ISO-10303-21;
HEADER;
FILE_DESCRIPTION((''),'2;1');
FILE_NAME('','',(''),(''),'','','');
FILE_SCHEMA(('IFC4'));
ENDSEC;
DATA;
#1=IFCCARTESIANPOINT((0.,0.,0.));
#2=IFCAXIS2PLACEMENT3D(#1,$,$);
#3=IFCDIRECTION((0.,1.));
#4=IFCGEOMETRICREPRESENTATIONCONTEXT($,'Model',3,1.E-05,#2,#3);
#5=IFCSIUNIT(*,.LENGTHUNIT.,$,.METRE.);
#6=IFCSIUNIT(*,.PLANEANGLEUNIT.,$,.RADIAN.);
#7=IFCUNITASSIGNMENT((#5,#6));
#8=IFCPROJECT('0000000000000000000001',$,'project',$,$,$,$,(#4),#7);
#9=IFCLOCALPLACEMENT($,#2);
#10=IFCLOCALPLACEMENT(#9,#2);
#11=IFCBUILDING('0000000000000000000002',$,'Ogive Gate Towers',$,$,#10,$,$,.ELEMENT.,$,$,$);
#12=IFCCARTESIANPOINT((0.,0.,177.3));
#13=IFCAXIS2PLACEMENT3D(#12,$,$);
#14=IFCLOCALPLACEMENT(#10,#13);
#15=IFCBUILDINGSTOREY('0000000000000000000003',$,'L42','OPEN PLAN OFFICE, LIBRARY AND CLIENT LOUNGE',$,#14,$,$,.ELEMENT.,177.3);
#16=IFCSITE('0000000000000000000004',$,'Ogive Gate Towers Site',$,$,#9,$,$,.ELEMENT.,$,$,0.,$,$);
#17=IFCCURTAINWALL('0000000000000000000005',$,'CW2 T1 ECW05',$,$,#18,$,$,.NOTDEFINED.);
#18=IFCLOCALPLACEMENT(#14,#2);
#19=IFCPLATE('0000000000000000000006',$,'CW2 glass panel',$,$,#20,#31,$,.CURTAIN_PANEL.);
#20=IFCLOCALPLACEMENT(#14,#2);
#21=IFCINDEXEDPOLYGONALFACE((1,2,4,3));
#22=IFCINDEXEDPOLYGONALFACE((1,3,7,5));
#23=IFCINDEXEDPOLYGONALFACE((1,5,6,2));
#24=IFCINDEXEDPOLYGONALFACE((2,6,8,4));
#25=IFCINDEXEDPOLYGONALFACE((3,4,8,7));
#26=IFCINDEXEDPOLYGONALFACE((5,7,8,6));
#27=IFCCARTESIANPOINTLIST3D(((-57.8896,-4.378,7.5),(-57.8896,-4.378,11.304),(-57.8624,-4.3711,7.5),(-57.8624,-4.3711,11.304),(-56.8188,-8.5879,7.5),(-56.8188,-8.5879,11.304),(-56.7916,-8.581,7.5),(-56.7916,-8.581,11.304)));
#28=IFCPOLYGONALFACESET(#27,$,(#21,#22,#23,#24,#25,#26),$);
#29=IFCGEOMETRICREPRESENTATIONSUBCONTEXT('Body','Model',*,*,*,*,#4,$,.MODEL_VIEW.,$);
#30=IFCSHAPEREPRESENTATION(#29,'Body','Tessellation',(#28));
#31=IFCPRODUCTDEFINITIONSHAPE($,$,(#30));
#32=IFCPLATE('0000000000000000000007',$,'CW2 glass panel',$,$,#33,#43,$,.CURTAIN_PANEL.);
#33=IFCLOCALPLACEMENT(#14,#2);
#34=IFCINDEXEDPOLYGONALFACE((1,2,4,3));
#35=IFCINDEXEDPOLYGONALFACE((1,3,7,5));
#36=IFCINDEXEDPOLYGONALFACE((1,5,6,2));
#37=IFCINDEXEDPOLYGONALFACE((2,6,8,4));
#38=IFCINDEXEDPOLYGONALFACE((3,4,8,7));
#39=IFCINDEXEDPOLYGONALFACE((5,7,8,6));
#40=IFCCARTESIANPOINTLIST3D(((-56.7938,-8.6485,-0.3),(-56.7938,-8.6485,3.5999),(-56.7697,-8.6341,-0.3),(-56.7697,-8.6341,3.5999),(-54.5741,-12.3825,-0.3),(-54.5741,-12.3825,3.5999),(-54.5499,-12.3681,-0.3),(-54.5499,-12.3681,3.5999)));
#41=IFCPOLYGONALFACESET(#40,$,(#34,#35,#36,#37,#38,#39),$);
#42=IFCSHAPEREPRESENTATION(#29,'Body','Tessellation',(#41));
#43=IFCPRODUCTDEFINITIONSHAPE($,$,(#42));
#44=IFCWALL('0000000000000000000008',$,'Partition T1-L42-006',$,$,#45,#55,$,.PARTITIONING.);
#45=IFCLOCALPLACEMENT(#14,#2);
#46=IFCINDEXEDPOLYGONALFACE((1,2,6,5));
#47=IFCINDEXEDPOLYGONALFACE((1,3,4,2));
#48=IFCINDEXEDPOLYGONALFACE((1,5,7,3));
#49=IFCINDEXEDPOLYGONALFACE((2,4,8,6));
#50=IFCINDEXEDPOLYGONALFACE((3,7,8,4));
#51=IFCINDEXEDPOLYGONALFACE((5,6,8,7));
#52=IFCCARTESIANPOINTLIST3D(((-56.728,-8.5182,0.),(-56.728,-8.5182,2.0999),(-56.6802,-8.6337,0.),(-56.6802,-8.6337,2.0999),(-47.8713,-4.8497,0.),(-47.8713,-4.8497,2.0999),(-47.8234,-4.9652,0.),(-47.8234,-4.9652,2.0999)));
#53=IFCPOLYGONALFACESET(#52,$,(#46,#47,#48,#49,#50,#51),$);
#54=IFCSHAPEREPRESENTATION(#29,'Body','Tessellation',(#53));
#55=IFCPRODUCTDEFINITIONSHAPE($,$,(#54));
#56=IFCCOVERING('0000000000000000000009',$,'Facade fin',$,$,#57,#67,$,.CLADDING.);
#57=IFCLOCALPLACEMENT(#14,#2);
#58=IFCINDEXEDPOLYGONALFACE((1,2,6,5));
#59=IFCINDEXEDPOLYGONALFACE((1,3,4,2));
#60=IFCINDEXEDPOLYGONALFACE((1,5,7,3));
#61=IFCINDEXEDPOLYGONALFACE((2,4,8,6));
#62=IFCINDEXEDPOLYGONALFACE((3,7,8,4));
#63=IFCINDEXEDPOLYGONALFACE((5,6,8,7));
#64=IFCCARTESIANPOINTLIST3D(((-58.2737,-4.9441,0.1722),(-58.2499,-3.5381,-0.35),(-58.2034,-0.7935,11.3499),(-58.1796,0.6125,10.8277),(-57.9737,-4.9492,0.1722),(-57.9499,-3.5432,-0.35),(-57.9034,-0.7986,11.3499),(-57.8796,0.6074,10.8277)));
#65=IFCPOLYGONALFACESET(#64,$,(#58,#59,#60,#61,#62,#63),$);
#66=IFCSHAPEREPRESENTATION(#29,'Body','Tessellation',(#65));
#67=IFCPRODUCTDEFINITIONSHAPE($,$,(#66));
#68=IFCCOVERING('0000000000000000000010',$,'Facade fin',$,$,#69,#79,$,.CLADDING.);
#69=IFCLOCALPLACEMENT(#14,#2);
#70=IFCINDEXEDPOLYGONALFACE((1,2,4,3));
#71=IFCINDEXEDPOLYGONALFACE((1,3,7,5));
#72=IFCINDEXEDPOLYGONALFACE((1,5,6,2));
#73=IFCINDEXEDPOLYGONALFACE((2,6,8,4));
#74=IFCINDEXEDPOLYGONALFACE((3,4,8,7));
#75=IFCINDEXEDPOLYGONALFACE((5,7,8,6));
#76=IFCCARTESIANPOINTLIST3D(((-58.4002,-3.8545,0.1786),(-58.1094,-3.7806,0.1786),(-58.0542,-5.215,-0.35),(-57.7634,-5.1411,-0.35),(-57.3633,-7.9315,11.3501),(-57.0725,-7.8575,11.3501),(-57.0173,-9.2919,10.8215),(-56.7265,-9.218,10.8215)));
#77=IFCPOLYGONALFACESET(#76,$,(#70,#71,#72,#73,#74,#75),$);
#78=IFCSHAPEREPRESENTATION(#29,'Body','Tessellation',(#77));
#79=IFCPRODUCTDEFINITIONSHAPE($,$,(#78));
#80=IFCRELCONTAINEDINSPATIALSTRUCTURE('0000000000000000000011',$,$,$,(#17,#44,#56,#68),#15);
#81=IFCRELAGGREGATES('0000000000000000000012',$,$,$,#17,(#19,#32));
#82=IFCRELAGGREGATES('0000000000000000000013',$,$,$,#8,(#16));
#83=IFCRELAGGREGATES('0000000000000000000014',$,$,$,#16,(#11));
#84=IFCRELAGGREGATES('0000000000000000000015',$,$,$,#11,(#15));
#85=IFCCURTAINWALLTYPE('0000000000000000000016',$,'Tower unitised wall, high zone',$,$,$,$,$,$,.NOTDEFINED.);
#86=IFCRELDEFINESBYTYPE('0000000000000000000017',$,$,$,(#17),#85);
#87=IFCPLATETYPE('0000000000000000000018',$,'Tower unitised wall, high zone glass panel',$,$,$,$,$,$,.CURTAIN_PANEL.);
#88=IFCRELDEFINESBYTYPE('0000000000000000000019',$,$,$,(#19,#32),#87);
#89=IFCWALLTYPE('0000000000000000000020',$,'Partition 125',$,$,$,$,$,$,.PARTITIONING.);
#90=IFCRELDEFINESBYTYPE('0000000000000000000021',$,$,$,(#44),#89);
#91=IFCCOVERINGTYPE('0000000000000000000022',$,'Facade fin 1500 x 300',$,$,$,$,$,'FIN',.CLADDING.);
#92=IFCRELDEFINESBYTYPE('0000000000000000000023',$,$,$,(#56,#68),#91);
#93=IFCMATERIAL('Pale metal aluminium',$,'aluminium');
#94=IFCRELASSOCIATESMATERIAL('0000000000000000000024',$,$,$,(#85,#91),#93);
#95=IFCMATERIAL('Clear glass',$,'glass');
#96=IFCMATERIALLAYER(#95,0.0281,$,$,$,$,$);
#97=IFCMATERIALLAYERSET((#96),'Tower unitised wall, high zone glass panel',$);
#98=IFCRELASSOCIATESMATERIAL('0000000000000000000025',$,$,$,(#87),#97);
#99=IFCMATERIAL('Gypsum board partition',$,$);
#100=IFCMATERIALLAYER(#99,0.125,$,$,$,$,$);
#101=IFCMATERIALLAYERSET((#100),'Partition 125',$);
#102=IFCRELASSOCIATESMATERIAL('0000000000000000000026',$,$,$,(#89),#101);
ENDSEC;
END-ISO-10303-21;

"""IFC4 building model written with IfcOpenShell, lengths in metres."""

from ifc_helpers import new_model, si_unit, direction, frame, frame_2d, origin, origin_2d, place, context, subcontext, project, spatial, rectangle, extrude, material, layer, layer_set, material_profile, profile_set, type_object, element, aggregate, save


model = new_model("IFC4")

# Units and contexts
model_context = context("Model", 3, precision=1e-05, world=origin(), true_north=direction((0.0, 1.0)))
body_context = subcontext(model_context, "Body", "Model", "MODEL_VIEW")
ifc_project = project(units=[si_unit("LENGTHUNIT", "METRE"), si_unit("PLANEANGLEUNIT", "RADIAN")], contexts=[model_context])

# Site, building, storey
site_placement = place(None, origin())
site = spatial("IfcSite", under=ifc_project, at=site_placement, Name="Ogive Gate Towers Site", CompositionType="ELEMENT", RefElevation=0.0)
building_placement = place(site_placement, origin())
building = spatial("IfcBuilding", under=site, at=building_placement, Name="Ogive Gate Towers", CompositionType="ELEMENT")
storey_placement = place(building_placement, frame((0.0, 0.0, 177.3)))
storey = spatial("IfcBuildingStorey", under=building, at=storey_placement, Name="L42", Description="OPEN PLAN OFFICE, LIBRARY AND CLIENT LOUNGE", CompositionType="ELEMENT", Elevation=177.3)

# Shared definitions
ifc_material_1 = material(Name="Pale metal aluminium", Category="aluminium")
curtain_wall_type = type_object("IfcCurtainWallType", Name="Tower unitised wall, high zone", PredefinedType="NOTDEFINED", material=ifc_material_1)

# Curtain wall, plates
curtain_wall_1_placement = place(storey_placement, origin())
curtain_wall_1 = element("IfcCurtainWall", 1, at=curtain_wall_1_placement, inside=storey, type_object=curtain_wall_type, Name="CW2 T1 ECW05", PredefinedType="NOTDEFINED")
ifc_material_2 = material(Name="Clear glass", Category="glass")
ifc_layer_1 = layer(ifc_material_2, 0.0281)
ifc_layer_set_1 = layer_set([ifc_layer_1], Name="Tower unitised wall, high zone glass panel")
plate_type = type_object("IfcPlateType", Name="Tower unitised wall, high zone glass panel", PredefinedType="CURTAIN_PANEL", material=ifc_layer_set_1)
plate_1_placement = place(storey_placement, frame((-57.3406, -6.4795, 7.5), z_axis=(0.0, 0.0, 1.0), x_axis=(0.246492, -0.969145, 0.0)))
plate_1 = element("IfcPlate", 2, at=plate_1_placement, type_object=plate_type, Name="CW2 glass panel", PredefinedType="CURTAIN_PANEL", context=body_context, shape_type="SweptSolid", body=[
    extrude(rectangle(XDim=4.344, YDim=0.0281, at=origin_2d()), origin(), (0.0, 0.0, 1.0), 3.804),
])
plate_2_placement = place(storey_placement, frame((-55.6719, -10.5083, -0.3), z_axis=(0.0, 0.0, 1.0), x_axis=(0.510993, -0.859585, 0.0)))
plate_2 = element("IfcPlate", 3, at=plate_2_placement, type_object=plate_type, Name="CW2 glass panel", PredefinedType="CURTAIN_PANEL", context=body_context, shape_type="SweptSolid", body=[
    extrude(rectangle(XDim=4.344, YDim=0.0281, at=origin_2d()), origin(), (0.0, 0.0, 1.0), 3.8999),
])
aggregate(curtain_wall_1, [plate_1, plate_2])

# Wall
ifc_material_3 = material(Name="Gypsum board partition")
ifc_layer_2 = layer(ifc_material_3, 0.125)
ifc_layer_set_2 = layer_set([ifc_layer_2], Name="Partition 125")
wall_type = type_object("IfcWallType", Name="Partition 125", PredefinedType="PARTITIONING", material=ifc_layer_set_2)
wall_placement = place(storey_placement, frame((-56.7041, -8.5759, 0.0), z_axis=(0.0, 0.0, 1.0), x_axis=(0.923883, 0.382674, 0.0)))
element("IfcWall", 4, at=wall_placement, inside=storey, type_object=wall_type, Name="Partition T1-L42-006", PredefinedType="PARTITIONING", context=body_context, shape_type="SweptSolid", body=[
    extrude(rectangle(XDim=9.5864, YDim=0.125, at=frame_2d((4.7932, 0.0))), origin(), (0.0, 0.0, 1.0), 2.0999),
])

# Coverings
ifc_material_profile_1 = material_profile(ifc_material_1, rectangle(XDim=0.3, YDim=1.5, at=origin_2d()), Name="1500 x 300 pale metal aluminium")
ifc_profile_set_1 = profile_set([ifc_material_profile_1], Name="Pale metal aluminium")
covering_type = type_object("IfcCoveringType", Name="Facade fin 1500 x 300", ElementType="FIN", PredefinedType="CLADDING", material=ifc_profile_set_1)
covering_1_placement = place(storey_placement, frame((-58.1118, -4.2437, -0.0889), z_axis=(0.005897, 0.3481, 0.937439), x_axis=(-0.999857, 0.016938, 0.0)))
element("IfcCovering", 5, at=covering_1_placement, inside=storey, type_object=covering_type, Name="Facade fin", PredefinedType="CLADDING", context=body_context, shape_type="SweptSolid", body=[
    extrude(rectangle(XDim=0.3, YDim=1.5, at=origin_2d()), origin(), (0.0, 0.0, 1.0), 11.9236),
])
covering_2_placement = place(storey_placement, frame((-58.0818, -4.4978, -0.0857), z_axis=(0.08686, -0.34153, 0.935849), x_axis=(0.969148, 0.24648, 0.0)))
element("IfcCovering", 6, at=covering_2_placement, inside=storey, type_object=covering_type, Name="Facade fin", PredefinedType="CLADDING", context=body_context, shape_type="SweptSolid", body=[
    extrude(rectangle(XDim=0.3, YDim=1.5, at=origin_2d()), origin(), (0.0, 0.0, 1.0), 11.9373),
])

save(model, "model.ifc")
